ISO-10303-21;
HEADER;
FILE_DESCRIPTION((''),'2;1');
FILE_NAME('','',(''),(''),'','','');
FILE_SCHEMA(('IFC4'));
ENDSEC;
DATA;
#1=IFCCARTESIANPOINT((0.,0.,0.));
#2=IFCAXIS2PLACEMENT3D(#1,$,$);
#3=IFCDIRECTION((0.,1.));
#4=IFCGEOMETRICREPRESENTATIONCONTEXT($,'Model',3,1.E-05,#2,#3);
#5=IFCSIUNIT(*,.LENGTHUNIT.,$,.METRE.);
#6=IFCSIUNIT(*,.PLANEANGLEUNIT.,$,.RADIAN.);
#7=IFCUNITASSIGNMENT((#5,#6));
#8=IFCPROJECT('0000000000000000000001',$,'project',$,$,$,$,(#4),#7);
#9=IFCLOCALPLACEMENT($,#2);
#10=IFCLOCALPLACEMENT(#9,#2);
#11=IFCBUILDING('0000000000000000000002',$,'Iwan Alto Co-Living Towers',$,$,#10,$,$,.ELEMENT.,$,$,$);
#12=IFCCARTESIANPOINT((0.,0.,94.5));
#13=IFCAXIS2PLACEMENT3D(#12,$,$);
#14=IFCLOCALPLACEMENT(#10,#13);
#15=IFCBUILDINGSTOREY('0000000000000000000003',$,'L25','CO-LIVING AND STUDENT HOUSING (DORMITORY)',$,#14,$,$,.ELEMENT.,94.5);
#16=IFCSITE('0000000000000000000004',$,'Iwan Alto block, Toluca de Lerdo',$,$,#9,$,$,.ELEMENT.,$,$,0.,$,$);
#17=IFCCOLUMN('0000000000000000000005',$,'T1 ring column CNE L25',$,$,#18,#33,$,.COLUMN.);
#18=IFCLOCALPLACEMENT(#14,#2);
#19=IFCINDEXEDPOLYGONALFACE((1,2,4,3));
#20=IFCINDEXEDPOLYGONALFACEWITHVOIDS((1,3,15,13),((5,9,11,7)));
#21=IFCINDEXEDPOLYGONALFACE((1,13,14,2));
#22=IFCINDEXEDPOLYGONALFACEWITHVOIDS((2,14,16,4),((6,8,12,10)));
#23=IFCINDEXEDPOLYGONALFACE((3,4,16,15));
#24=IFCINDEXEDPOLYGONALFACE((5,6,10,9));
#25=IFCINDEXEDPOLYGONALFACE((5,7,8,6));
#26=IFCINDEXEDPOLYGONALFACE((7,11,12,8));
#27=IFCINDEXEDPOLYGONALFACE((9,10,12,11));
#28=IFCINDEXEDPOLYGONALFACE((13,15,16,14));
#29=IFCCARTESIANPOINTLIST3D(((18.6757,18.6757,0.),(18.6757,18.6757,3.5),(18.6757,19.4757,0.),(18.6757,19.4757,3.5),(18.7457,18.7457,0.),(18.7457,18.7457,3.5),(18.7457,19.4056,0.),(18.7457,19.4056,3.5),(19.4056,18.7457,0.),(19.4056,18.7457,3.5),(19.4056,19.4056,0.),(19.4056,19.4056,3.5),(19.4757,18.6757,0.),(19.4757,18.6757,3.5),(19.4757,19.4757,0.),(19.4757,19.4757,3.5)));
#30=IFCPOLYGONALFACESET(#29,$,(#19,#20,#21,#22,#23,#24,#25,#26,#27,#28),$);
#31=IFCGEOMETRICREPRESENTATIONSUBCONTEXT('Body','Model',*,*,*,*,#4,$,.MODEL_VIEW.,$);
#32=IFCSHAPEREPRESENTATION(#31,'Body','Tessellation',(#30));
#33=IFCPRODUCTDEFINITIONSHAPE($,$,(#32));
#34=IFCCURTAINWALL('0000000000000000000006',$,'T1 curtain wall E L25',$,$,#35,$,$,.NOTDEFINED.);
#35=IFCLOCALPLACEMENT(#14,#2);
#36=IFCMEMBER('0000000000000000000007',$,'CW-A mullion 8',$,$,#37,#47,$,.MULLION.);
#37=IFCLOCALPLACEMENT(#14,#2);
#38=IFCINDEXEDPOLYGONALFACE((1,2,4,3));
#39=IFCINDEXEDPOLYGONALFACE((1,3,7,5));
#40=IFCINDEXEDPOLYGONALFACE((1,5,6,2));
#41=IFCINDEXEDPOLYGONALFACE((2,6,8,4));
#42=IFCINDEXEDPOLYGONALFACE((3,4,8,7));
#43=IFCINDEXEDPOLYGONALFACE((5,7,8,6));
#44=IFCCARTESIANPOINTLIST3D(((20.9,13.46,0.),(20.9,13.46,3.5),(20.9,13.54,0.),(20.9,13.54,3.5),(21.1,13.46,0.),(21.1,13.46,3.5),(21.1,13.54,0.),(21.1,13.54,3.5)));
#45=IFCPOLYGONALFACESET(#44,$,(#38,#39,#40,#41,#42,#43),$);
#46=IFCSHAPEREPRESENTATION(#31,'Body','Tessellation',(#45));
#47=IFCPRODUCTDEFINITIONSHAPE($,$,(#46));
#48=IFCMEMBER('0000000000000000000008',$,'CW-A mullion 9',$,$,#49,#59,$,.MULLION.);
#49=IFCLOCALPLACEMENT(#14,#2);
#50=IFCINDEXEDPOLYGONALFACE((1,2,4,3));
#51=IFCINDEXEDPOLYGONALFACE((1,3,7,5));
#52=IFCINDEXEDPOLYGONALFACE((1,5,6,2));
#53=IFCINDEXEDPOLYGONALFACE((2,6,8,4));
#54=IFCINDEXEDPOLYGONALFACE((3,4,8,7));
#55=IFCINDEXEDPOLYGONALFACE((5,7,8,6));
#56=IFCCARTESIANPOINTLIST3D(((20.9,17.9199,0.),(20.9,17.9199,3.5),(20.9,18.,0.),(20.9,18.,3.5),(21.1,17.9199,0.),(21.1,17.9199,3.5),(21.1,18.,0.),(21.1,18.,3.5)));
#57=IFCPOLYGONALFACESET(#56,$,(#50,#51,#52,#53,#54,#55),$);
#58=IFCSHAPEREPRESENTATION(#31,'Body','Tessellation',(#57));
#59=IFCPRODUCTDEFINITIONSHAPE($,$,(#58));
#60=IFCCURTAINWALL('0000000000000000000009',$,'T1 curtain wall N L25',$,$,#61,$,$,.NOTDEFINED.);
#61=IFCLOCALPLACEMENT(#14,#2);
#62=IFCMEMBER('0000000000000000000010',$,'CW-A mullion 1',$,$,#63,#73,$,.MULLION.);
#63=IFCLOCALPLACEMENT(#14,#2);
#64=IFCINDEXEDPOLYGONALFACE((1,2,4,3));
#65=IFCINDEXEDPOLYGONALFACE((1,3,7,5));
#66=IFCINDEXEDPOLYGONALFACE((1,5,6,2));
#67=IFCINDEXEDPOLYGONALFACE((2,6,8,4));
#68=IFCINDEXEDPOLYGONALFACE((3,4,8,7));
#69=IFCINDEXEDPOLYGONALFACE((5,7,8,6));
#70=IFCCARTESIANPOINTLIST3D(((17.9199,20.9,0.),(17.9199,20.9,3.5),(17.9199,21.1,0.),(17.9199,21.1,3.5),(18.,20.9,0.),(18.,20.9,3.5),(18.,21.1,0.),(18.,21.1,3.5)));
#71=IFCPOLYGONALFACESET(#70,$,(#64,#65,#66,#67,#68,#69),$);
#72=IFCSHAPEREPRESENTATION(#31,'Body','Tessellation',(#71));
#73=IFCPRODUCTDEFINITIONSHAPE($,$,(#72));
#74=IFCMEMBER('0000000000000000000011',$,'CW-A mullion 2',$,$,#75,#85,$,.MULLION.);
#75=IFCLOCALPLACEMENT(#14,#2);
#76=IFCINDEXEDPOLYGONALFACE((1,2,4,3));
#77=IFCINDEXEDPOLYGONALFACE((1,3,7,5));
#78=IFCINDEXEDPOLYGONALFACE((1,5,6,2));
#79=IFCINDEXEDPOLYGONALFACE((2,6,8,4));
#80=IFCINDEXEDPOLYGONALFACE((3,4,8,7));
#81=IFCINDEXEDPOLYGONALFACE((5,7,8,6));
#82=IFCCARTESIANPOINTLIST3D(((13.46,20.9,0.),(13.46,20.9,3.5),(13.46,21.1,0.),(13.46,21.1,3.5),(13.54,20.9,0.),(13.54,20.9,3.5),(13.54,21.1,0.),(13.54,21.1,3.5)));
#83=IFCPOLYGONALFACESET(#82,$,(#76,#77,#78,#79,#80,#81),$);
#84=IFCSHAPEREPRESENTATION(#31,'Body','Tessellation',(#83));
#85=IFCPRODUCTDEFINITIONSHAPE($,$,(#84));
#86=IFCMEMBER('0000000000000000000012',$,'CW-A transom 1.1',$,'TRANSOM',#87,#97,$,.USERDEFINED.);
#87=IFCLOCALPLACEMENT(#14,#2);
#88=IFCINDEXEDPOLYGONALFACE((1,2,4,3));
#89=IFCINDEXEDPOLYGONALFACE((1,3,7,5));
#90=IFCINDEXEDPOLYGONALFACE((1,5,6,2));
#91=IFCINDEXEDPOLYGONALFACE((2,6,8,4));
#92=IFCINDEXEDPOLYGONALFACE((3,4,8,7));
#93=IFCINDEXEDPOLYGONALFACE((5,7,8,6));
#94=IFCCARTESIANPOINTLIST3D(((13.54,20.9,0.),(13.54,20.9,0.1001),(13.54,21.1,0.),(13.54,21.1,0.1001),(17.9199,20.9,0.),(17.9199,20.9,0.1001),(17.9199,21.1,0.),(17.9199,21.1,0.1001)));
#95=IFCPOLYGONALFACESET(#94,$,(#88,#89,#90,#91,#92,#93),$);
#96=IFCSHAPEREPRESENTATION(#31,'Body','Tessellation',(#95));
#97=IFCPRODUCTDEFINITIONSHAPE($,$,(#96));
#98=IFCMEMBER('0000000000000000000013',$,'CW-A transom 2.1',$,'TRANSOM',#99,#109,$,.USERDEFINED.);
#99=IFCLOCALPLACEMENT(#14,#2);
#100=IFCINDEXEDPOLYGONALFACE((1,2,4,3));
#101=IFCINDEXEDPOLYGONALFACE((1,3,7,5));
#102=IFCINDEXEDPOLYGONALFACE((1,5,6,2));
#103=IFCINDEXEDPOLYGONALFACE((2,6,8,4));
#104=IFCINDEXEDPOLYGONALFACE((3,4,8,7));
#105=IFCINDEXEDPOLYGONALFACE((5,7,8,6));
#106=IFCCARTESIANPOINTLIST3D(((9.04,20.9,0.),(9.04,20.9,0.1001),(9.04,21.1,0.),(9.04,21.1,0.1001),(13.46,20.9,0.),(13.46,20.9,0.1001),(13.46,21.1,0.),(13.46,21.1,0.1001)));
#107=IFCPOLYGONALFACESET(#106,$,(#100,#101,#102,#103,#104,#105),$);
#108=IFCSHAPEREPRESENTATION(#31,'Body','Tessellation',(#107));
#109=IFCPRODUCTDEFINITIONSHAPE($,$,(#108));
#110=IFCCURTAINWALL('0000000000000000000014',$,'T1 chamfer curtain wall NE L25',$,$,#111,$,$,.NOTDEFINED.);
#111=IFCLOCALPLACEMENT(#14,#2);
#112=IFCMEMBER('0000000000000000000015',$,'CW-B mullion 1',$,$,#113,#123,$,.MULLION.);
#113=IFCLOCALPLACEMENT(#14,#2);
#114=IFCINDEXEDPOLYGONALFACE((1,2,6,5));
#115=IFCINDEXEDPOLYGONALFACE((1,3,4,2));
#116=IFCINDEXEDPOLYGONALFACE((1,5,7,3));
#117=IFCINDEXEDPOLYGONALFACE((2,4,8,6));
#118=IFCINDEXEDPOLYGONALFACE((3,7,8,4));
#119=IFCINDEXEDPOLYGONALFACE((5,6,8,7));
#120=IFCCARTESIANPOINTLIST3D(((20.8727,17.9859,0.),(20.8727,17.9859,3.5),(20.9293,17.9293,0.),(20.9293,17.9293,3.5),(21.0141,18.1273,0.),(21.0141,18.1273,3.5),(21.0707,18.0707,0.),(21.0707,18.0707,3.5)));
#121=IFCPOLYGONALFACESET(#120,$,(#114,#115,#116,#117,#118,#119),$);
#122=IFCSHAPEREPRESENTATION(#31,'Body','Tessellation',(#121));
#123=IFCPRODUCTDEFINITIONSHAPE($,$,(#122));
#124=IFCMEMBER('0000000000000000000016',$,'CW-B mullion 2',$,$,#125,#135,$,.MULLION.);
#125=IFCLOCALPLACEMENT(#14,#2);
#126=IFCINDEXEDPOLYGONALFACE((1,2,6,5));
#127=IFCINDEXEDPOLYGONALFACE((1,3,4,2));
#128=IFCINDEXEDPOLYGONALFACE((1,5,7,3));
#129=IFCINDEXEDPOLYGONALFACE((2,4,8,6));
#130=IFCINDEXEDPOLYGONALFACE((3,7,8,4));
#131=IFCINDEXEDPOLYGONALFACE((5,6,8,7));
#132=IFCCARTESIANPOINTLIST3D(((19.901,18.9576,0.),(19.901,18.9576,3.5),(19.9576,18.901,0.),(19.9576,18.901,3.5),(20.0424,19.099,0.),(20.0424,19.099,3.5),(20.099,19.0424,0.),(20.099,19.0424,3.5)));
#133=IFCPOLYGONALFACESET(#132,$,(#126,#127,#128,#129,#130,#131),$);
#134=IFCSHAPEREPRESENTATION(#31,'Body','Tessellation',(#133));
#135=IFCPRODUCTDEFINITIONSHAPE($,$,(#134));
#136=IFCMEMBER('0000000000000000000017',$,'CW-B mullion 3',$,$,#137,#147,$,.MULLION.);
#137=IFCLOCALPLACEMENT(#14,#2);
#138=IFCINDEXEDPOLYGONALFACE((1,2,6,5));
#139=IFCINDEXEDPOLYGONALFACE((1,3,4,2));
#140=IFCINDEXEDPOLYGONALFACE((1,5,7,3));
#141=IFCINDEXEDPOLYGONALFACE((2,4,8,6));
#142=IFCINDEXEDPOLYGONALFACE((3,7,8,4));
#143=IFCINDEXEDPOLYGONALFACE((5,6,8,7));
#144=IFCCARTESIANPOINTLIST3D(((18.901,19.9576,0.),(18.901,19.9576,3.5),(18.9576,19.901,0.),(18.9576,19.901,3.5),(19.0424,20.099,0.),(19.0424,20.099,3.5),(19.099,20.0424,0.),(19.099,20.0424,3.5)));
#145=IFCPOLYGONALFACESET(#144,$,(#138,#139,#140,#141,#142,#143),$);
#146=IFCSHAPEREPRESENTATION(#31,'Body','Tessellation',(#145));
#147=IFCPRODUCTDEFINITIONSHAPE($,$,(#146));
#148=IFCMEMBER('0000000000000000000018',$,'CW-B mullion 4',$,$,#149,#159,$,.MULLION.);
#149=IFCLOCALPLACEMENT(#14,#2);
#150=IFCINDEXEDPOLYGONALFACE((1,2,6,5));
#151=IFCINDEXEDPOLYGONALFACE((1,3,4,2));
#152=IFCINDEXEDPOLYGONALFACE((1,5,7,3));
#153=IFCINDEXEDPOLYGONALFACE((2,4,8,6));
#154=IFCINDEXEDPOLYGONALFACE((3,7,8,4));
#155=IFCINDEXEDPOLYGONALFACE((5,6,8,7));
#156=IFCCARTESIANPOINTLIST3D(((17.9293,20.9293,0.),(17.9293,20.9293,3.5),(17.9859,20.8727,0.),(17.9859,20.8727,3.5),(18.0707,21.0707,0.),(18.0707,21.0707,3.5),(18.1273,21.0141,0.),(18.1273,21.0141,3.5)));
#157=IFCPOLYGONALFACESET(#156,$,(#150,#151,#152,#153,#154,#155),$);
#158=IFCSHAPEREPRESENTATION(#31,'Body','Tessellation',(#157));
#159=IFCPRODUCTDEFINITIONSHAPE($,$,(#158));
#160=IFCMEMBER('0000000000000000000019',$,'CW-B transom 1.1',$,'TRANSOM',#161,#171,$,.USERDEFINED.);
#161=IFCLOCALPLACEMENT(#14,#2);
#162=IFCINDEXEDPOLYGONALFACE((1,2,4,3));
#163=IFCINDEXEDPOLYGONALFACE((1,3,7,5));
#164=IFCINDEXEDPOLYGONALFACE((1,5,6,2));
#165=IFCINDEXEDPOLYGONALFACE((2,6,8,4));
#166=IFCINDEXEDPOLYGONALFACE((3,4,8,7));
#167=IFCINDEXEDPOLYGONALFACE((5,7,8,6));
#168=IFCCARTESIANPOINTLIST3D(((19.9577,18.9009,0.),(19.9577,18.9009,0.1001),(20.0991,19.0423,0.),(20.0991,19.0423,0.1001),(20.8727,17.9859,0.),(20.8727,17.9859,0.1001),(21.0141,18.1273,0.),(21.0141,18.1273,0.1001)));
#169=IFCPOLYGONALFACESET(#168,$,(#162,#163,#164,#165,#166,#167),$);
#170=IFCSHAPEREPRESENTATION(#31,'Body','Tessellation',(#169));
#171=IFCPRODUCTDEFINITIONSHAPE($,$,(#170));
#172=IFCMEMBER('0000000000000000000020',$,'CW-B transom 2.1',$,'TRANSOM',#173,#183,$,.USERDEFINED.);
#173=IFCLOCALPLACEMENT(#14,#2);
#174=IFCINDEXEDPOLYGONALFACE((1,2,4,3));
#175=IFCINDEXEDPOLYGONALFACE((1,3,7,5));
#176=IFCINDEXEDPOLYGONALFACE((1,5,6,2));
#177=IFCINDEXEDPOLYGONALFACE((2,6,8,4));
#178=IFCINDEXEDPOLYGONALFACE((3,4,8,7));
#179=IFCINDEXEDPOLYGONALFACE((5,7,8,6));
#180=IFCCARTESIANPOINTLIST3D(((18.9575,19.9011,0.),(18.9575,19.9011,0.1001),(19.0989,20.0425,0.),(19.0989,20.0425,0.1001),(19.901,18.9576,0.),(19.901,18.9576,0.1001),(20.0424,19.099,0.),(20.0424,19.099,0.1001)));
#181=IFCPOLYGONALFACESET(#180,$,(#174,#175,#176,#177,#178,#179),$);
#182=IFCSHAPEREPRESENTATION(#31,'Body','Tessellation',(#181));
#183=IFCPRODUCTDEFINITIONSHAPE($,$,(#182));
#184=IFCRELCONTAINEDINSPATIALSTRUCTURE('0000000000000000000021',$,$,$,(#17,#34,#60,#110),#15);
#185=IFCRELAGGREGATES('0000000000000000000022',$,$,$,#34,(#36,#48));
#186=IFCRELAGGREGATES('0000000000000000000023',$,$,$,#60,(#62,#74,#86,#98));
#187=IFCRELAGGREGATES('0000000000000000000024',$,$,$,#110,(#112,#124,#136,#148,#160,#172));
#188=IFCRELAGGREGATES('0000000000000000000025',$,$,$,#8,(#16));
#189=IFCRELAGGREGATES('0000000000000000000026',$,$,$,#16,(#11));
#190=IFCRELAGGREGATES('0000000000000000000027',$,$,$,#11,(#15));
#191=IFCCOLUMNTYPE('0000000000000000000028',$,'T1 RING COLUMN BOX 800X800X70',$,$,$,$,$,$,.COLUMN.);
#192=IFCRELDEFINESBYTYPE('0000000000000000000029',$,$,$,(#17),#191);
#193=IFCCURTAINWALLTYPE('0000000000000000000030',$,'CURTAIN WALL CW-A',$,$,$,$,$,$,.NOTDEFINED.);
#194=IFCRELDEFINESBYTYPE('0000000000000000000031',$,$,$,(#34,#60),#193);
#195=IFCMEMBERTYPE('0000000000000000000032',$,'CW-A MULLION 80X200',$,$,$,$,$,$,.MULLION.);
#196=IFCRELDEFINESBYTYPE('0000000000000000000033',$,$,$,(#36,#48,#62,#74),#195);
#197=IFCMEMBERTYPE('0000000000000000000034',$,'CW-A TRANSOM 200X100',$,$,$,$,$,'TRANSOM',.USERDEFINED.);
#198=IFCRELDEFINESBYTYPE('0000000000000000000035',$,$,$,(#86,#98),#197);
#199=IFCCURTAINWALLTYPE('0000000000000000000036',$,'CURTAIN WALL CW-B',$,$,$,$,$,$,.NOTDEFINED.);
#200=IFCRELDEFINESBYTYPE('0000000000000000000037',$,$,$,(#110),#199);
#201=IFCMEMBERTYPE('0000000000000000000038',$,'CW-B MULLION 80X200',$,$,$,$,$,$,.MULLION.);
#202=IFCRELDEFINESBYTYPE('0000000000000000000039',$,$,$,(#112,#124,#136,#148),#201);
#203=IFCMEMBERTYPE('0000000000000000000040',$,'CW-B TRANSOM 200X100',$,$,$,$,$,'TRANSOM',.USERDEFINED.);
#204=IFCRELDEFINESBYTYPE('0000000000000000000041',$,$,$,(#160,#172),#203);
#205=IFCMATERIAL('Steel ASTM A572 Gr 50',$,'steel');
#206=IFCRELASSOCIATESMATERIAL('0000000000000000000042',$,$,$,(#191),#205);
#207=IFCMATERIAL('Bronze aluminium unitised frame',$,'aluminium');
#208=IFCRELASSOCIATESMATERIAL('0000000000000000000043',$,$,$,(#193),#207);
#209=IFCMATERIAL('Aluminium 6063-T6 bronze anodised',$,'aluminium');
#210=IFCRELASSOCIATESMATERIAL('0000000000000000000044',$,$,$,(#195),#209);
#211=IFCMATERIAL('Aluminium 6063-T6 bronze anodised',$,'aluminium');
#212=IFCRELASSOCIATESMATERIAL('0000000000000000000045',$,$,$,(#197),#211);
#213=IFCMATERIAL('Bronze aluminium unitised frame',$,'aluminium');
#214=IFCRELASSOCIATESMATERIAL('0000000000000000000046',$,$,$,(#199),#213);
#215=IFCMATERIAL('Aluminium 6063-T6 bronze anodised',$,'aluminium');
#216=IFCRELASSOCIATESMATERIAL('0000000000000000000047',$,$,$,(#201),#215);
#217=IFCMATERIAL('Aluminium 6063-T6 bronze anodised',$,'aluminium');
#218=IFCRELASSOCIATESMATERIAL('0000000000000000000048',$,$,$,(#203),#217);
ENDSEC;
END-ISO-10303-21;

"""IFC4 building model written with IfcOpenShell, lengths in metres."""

from ifc_helpers import new_model, si_unit, direction, frame, origin, origin_2d, place, context, subcontext, project, spatial, rectangle, hollow_rectangle, extrude, material, material_profile, profile_set, type_object, element, aggregate, save


model = new_model("IFC4")

# Units and contexts
model_context = context("Model", 3, precision=1e-05, world=origin(), true_north=direction((0.0, 1.0)))
body_context = subcontext(model_context, "Body", "Model", "MODEL_VIEW")
ifc_project = project(units=[si_unit("LENGTHUNIT", "METRE"), si_unit("PLANEANGLEUNIT", "RADIAN")], contexts=[model_context])

# Site, building, storey
site_placement = place(None, origin())
site = spatial("IfcSite", under=ifc_project, at=site_placement, Name="Iwan Alto block, Toluca de Lerdo", CompositionType="ELEMENT", RefElevation=0.0)
building_placement = place(site_placement, origin())
building = spatial("IfcBuilding", under=site, at=building_placement, Name="Iwan Alto Co-Living Towers", CompositionType="ELEMENT")
storey_placement = place(building_placement, frame((0.0, 0.0, 94.5)))
storey = spatial("IfcBuildingStorey", under=building, at=storey_placement, Name="L25", Description="CO-LIVING AND STUDENT HOUSING (DORMITORY)", CompositionType="ELEMENT", Elevation=94.5)

# Column
ifc_material_1 = material(Name="Steel ASTM A572 Gr 50", Category="steel")
ifc_material_profile_1 = material_profile(ifc_material_1, hollow_rectangle(XDim=0.8, YDim=0.8, WallThickness=0.0701, at=origin_2d()), Name="BOX 800X800X70")
ifc_profile_set_1 = profile_set([ifc_material_profile_1], Name="Steel ASTM A572 Gr 50")
column_type = type_object("IfcColumnType", Name="T1 RING COLUMN BOX 800X800X70", PredefinedType="COLUMN", material=ifc_profile_set_1)
column_placement = place(storey_placement, frame((19.0757, 19.0757, 0.0), z_axis=(0.0, 0.0, 1.0), x_axis=(1.0, 0.0, 0.0)))
element("IfcColumn", 1, at=column_placement, inside=storey, type_object=column_type, Name="T1 ring column CNE L25", PredefinedType="COLUMN", context=body_context, shape_type="SweptSolid", body=[
    extrude(hollow_rectangle(XDim=0.8, YDim=0.8, WallThickness=0.0701, at=origin_2d()), origin(), (0.0, 0.0, 1.0), 3.5),
])

# Curtain walls, members
ifc_material_2 = material(Name="Bronze aluminium unitised frame", Category="aluminium")
curtain_wall_type_1 = type_object("IfcCurtainWallType", Name="CURTAIN WALL CW-A", PredefinedType="NOTDEFINED", material=ifc_material_2)
curtain_wall_1_placement = place(storey_placement, origin())
curtain_wall_1 = element("IfcCurtainWall", 2, at=curtain_wall_1_placement, inside=storey, type_object=curtain_wall_type_1, Name="T1 curtain wall E L25", PredefinedType="NOTDEFINED")
ifc_material_3 = material(Name="Aluminium 6063-T6 bronze anodised", Category="aluminium")
ifc_material_profile_2 = material_profile(ifc_material_3, rectangle(XDim=0.2, YDim=0.0801, at=origin_2d()), Name="AL 80X200")
ifc_profile_set_2 = profile_set([ifc_material_profile_2], Name="Aluminium 6063-T6 bronze anodised")
member_type_1 = type_object("IfcMemberType", Name="CW-A MULLION 80X200", PredefinedType="MULLION", material=ifc_profile_set_2)
member_1_placement = place(storey_placement, frame((21.0, 13.5, 0.0), z_axis=(0.0, 0.0, 1.0), x_axis=(-1.0, 0.0, 0.0)))
member_1 = element("IfcMember", 3, at=member_1_placement, type_object=member_type_1, Name="CW-A mullion 8", PredefinedType="MULLION", context=body_context, shape_type="SweptSolid", body=[
    extrude(rectangle(XDim=0.2, YDim=0.0801, at=origin_2d()), origin(), (0.0, 0.0, 1.0), 3.5),
])
member_2_placement = place(storey_placement, frame((21.0, 17.96, 0.0), z_axis=(0.0, 0.0, 1.0), x_axis=(-1.0, 0.0, 0.0)))
member_2 = element("IfcMember", 4, at=member_2_placement, type_object=member_type_1, Name="CW-A mullion 9", PredefinedType="MULLION", context=body_context, shape_type="SweptSolid", body=[
    extrude(rectangle(XDim=0.2, YDim=0.0801, at=origin_2d()), origin(), (0.0, 0.0, 1.0), 3.5),
])
aggregate(curtain_wall_1, [member_1, member_2])
curtain_wall_2_placement = place(storey_placement, origin())
curtain_wall_2 = element("IfcCurtainWall", 5, at=curtain_wall_2_placement, inside=storey, type_object=curtain_wall_type_1, Name="T1 curtain wall N L25", PredefinedType="NOTDEFINED")
member_3_placement = place(storey_placement, frame((17.96, 21.0, 0.0), z_axis=(0.0, 0.0, 1.0), x_axis=(0.0, -1.0, 0.0)))
member_3 = element("IfcMember", 6, at=member_3_placement, type_object=member_type_1, Name="CW-A mullion 1", PredefinedType="MULLION", context=body_context, shape_type="SweptSolid", body=[
    extrude(rectangle(XDim=0.2, YDim=0.0801, at=origin_2d()), origin(), (0.0, 0.0, 1.0), 3.5),
])
member_4_placement = place(storey_placement, frame((13.5, 21.0, 0.0), z_axis=(0.0, 0.0, 1.0), x_axis=(0.0, -1.0, 0.0)))
member_4 = element("IfcMember", 7, at=member_4_placement, type_object=member_type_1, Name="CW-A mullion 2", PredefinedType="MULLION", context=body_context, shape_type="SweptSolid", body=[
    extrude(rectangle(XDim=0.2, YDim=0.0801, at=origin_2d()), origin(), (0.0, 0.0, 1.0), 3.5),
])
ifc_material_4 = material(Name="Aluminium 6063-T6 bronze anodised", Category="aluminium")
ifc_material_profile_3 = material_profile(ifc_material_4, rectangle(XDim=0.2, YDim=0.1001, at=origin_2d()), Name="AL 200X100")
ifc_profile_set_3 = profile_set([ifc_material_profile_3], Name="Aluminium 6063-T6 bronze anodised")
member_type_2 = type_object("IfcMemberType", Name="CW-A TRANSOM 200X100", ElementType="TRANSOM", PredefinedType="USERDEFINED", material=ifc_profile_set_3)
member_5_placement = place(storey_placement, frame((17.9199, 21.0, 0.05), z_axis=(-1.0, 0.0, 0.0), x_axis=(0.0, -1.0, 0.0)))
member_5 = element("IfcMember", 8, at=member_5_placement, type_object=member_type_2, Name="CW-A transom 1.1", ObjectType="TRANSOM", PredefinedType="USERDEFINED", context=body_context, shape_type="SweptSolid", body=[
    extrude(rectangle(XDim=0.2, YDim=0.1001, at=origin_2d()), origin(), (0.0, 0.0, 1.0), 4.3799),
])
member_6_placement = place(storey_placement, frame((13.46, 21.0, 0.05), z_axis=(-1.0, 0.0, 0.0), x_axis=(0.0, -1.0, 0.0)))
member_6 = element("IfcMember", 9, at=member_6_placement, type_object=member_type_2, Name="CW-A transom 2.1", ObjectType="TRANSOM", PredefinedType="USERDEFINED", context=body_context, shape_type="SweptSolid", body=[
    extrude(rectangle(XDim=0.2, YDim=0.1001, at=origin_2d()), origin(), (0.0, 0.0, 1.0), 4.4199),
])
ifc_material_5 = material(Name="Bronze aluminium unitised frame", Category="aluminium")
curtain_wall_type_2 = type_object("IfcCurtainWallType", Name="CURTAIN WALL CW-B", PredefinedType="NOTDEFINED", material=ifc_material_5)
curtain_wall_3_placement = place(storey_placement, origin())
curtain_wall_3 = element("IfcCurtainWall", 10, at=curtain_wall_3_placement, inside=storey, type_object=curtain_wall_type_2, Name="T1 chamfer curtain wall NE L25", PredefinedType="NOTDEFINED")
ifc_material_6 = material(Name="Aluminium 6063-T6 bronze anodised", Category="aluminium")
ifc_material_profile_4 = material_profile(ifc_material_6, rectangle(XDim=0.2, YDim=0.0801, at=origin_2d()), Name="AL 80X200")
ifc_profile_set_4 = profile_set([ifc_material_profile_4], Name="Aluminium 6063-T6 bronze anodised")
member_type_3 = type_object("IfcMemberType", Name="CW-B MULLION 80X200", PredefinedType="MULLION", material=ifc_profile_set_4)
member_7_placement = place(storey_placement, frame((20.9717, 18.0283, 0.0), z_axis=(0.0, 0.0, 1.0), x_axis=(-0.707107, -0.707107, 0.0)))
member_7 = element("IfcMember", 11, at=member_7_placement, type_object=member_type_3, Name="CW-B mullion 1", PredefinedType="MULLION", context=body_context, shape_type="SweptSolid", body=[
    extrude(rectangle(XDim=0.2, YDim=0.0801, at=origin_2d()), origin(), (0.0, 0.0, 1.0), 3.5),
])
member_8_placement = place(storey_placement, frame((20.0, 19.0, 0.0), z_axis=(0.0, 0.0, 1.0), x_axis=(-0.707107, -0.707107, 0.0)))
member_8 = element("IfcMember", 12, at=member_8_placement, type_object=member_type_3, Name="CW-B mullion 2", PredefinedType="MULLION", context=body_context, shape_type="SweptSolid", body=[
    extrude(rectangle(XDim=0.2, YDim=0.0801, at=origin_2d()), origin(), (0.0, 0.0, 1.0), 3.5),
])
member_9_placement = place(storey_placement, frame((19.0, 20.0, 0.0), z_axis=(0.0, 0.0, 1.0), x_axis=(-0.707107, -0.707107, 0.0)))
member_9 = element("IfcMember", 13, at=member_9_placement, type_object=member_type_3, Name="CW-B mullion 3", PredefinedType="MULLION", context=body_context, shape_type="SweptSolid", body=[
    extrude(rectangle(XDim=0.2, YDim=0.0801, at=origin_2d()), origin(), (0.0, 0.0, 1.0), 3.5),
])
member_10_placement = place(storey_placement, frame((18.0283, 20.9717, 0.0), z_axis=(0.0, 0.0, 1.0), x_axis=(-0.707107, -0.707107, 0.0)))
member_10 = element("IfcMember", 14, at=member_10_placement, type_object=member_type_3, Name="CW-B mullion 4", PredefinedType="MULLION", context=body_context, shape_type="SweptSolid", body=[
    extrude(rectangle(XDim=0.2, YDim=0.0801, at=origin_2d()), origin(), (0.0, 0.0, 1.0), 3.5),
])
ifc_material_7 = material(Name="Aluminium 6063-T6 bronze anodised", Category="aluminium")
ifc_material_profile_5 = material_profile(ifc_material_7, rectangle(XDim=0.2, YDim=0.1001, at=origin_2d()), Name="AL 200X100")
ifc_profile_set_5 = profile_set([ifc_material_profile_5], Name="Aluminium 6063-T6 bronze anodised")
member_type_4 = type_object("IfcMemberType", Name="CW-B TRANSOM 200X100", ElementType="TRANSOM", PredefinedType="USERDEFINED", material=ifc_profile_set_5)
member_11_placement = place(storey_placement, frame((20.9434, 18.0566, 0.05), z_axis=(-0.707107, 0.707107, 0.0), x_axis=(-0.707107, -0.707107, 0.0)))
member_11 = element("IfcMember", 15, at=member_11_placement, type_object=member_type_4, Name="CW-B transom 1.1", ObjectType="TRANSOM", PredefinedType="USERDEFINED", context=body_context, shape_type="SweptSolid", body=[
    extrude(rectangle(XDim=0.2, YDim=0.1001, at=origin_2d()), origin(), (0.0, 0.0, 1.0), 1.2939),
])
member_12_placement = place(storey_placement, frame((19.9717, 19.0283, 0.05), z_axis=(-0.707107, 0.707107, 0.0), x_axis=(-0.707107, -0.707107, 0.0)))
member_12 = element("IfcMember", 16, at=member_12_placement, type_object=member_type_4, Name="CW-B transom 2.1", ObjectType="TRANSOM", PredefinedType="USERDEFINED", context=body_context, shape_type="SweptSolid", body=[
    extrude(rectangle(XDim=0.2, YDim=0.1001, at=origin_2d()), origin(), (0.0, 0.0, 1.0), 1.3342),
])

aggregate(curtain_wall_2, [member_3, member_4, member_5, member_6])
aggregate(curtain_wall_3, [member_7, member_8, member_9, member_10, member_11, member_12])

save(model, "model.ifc")
